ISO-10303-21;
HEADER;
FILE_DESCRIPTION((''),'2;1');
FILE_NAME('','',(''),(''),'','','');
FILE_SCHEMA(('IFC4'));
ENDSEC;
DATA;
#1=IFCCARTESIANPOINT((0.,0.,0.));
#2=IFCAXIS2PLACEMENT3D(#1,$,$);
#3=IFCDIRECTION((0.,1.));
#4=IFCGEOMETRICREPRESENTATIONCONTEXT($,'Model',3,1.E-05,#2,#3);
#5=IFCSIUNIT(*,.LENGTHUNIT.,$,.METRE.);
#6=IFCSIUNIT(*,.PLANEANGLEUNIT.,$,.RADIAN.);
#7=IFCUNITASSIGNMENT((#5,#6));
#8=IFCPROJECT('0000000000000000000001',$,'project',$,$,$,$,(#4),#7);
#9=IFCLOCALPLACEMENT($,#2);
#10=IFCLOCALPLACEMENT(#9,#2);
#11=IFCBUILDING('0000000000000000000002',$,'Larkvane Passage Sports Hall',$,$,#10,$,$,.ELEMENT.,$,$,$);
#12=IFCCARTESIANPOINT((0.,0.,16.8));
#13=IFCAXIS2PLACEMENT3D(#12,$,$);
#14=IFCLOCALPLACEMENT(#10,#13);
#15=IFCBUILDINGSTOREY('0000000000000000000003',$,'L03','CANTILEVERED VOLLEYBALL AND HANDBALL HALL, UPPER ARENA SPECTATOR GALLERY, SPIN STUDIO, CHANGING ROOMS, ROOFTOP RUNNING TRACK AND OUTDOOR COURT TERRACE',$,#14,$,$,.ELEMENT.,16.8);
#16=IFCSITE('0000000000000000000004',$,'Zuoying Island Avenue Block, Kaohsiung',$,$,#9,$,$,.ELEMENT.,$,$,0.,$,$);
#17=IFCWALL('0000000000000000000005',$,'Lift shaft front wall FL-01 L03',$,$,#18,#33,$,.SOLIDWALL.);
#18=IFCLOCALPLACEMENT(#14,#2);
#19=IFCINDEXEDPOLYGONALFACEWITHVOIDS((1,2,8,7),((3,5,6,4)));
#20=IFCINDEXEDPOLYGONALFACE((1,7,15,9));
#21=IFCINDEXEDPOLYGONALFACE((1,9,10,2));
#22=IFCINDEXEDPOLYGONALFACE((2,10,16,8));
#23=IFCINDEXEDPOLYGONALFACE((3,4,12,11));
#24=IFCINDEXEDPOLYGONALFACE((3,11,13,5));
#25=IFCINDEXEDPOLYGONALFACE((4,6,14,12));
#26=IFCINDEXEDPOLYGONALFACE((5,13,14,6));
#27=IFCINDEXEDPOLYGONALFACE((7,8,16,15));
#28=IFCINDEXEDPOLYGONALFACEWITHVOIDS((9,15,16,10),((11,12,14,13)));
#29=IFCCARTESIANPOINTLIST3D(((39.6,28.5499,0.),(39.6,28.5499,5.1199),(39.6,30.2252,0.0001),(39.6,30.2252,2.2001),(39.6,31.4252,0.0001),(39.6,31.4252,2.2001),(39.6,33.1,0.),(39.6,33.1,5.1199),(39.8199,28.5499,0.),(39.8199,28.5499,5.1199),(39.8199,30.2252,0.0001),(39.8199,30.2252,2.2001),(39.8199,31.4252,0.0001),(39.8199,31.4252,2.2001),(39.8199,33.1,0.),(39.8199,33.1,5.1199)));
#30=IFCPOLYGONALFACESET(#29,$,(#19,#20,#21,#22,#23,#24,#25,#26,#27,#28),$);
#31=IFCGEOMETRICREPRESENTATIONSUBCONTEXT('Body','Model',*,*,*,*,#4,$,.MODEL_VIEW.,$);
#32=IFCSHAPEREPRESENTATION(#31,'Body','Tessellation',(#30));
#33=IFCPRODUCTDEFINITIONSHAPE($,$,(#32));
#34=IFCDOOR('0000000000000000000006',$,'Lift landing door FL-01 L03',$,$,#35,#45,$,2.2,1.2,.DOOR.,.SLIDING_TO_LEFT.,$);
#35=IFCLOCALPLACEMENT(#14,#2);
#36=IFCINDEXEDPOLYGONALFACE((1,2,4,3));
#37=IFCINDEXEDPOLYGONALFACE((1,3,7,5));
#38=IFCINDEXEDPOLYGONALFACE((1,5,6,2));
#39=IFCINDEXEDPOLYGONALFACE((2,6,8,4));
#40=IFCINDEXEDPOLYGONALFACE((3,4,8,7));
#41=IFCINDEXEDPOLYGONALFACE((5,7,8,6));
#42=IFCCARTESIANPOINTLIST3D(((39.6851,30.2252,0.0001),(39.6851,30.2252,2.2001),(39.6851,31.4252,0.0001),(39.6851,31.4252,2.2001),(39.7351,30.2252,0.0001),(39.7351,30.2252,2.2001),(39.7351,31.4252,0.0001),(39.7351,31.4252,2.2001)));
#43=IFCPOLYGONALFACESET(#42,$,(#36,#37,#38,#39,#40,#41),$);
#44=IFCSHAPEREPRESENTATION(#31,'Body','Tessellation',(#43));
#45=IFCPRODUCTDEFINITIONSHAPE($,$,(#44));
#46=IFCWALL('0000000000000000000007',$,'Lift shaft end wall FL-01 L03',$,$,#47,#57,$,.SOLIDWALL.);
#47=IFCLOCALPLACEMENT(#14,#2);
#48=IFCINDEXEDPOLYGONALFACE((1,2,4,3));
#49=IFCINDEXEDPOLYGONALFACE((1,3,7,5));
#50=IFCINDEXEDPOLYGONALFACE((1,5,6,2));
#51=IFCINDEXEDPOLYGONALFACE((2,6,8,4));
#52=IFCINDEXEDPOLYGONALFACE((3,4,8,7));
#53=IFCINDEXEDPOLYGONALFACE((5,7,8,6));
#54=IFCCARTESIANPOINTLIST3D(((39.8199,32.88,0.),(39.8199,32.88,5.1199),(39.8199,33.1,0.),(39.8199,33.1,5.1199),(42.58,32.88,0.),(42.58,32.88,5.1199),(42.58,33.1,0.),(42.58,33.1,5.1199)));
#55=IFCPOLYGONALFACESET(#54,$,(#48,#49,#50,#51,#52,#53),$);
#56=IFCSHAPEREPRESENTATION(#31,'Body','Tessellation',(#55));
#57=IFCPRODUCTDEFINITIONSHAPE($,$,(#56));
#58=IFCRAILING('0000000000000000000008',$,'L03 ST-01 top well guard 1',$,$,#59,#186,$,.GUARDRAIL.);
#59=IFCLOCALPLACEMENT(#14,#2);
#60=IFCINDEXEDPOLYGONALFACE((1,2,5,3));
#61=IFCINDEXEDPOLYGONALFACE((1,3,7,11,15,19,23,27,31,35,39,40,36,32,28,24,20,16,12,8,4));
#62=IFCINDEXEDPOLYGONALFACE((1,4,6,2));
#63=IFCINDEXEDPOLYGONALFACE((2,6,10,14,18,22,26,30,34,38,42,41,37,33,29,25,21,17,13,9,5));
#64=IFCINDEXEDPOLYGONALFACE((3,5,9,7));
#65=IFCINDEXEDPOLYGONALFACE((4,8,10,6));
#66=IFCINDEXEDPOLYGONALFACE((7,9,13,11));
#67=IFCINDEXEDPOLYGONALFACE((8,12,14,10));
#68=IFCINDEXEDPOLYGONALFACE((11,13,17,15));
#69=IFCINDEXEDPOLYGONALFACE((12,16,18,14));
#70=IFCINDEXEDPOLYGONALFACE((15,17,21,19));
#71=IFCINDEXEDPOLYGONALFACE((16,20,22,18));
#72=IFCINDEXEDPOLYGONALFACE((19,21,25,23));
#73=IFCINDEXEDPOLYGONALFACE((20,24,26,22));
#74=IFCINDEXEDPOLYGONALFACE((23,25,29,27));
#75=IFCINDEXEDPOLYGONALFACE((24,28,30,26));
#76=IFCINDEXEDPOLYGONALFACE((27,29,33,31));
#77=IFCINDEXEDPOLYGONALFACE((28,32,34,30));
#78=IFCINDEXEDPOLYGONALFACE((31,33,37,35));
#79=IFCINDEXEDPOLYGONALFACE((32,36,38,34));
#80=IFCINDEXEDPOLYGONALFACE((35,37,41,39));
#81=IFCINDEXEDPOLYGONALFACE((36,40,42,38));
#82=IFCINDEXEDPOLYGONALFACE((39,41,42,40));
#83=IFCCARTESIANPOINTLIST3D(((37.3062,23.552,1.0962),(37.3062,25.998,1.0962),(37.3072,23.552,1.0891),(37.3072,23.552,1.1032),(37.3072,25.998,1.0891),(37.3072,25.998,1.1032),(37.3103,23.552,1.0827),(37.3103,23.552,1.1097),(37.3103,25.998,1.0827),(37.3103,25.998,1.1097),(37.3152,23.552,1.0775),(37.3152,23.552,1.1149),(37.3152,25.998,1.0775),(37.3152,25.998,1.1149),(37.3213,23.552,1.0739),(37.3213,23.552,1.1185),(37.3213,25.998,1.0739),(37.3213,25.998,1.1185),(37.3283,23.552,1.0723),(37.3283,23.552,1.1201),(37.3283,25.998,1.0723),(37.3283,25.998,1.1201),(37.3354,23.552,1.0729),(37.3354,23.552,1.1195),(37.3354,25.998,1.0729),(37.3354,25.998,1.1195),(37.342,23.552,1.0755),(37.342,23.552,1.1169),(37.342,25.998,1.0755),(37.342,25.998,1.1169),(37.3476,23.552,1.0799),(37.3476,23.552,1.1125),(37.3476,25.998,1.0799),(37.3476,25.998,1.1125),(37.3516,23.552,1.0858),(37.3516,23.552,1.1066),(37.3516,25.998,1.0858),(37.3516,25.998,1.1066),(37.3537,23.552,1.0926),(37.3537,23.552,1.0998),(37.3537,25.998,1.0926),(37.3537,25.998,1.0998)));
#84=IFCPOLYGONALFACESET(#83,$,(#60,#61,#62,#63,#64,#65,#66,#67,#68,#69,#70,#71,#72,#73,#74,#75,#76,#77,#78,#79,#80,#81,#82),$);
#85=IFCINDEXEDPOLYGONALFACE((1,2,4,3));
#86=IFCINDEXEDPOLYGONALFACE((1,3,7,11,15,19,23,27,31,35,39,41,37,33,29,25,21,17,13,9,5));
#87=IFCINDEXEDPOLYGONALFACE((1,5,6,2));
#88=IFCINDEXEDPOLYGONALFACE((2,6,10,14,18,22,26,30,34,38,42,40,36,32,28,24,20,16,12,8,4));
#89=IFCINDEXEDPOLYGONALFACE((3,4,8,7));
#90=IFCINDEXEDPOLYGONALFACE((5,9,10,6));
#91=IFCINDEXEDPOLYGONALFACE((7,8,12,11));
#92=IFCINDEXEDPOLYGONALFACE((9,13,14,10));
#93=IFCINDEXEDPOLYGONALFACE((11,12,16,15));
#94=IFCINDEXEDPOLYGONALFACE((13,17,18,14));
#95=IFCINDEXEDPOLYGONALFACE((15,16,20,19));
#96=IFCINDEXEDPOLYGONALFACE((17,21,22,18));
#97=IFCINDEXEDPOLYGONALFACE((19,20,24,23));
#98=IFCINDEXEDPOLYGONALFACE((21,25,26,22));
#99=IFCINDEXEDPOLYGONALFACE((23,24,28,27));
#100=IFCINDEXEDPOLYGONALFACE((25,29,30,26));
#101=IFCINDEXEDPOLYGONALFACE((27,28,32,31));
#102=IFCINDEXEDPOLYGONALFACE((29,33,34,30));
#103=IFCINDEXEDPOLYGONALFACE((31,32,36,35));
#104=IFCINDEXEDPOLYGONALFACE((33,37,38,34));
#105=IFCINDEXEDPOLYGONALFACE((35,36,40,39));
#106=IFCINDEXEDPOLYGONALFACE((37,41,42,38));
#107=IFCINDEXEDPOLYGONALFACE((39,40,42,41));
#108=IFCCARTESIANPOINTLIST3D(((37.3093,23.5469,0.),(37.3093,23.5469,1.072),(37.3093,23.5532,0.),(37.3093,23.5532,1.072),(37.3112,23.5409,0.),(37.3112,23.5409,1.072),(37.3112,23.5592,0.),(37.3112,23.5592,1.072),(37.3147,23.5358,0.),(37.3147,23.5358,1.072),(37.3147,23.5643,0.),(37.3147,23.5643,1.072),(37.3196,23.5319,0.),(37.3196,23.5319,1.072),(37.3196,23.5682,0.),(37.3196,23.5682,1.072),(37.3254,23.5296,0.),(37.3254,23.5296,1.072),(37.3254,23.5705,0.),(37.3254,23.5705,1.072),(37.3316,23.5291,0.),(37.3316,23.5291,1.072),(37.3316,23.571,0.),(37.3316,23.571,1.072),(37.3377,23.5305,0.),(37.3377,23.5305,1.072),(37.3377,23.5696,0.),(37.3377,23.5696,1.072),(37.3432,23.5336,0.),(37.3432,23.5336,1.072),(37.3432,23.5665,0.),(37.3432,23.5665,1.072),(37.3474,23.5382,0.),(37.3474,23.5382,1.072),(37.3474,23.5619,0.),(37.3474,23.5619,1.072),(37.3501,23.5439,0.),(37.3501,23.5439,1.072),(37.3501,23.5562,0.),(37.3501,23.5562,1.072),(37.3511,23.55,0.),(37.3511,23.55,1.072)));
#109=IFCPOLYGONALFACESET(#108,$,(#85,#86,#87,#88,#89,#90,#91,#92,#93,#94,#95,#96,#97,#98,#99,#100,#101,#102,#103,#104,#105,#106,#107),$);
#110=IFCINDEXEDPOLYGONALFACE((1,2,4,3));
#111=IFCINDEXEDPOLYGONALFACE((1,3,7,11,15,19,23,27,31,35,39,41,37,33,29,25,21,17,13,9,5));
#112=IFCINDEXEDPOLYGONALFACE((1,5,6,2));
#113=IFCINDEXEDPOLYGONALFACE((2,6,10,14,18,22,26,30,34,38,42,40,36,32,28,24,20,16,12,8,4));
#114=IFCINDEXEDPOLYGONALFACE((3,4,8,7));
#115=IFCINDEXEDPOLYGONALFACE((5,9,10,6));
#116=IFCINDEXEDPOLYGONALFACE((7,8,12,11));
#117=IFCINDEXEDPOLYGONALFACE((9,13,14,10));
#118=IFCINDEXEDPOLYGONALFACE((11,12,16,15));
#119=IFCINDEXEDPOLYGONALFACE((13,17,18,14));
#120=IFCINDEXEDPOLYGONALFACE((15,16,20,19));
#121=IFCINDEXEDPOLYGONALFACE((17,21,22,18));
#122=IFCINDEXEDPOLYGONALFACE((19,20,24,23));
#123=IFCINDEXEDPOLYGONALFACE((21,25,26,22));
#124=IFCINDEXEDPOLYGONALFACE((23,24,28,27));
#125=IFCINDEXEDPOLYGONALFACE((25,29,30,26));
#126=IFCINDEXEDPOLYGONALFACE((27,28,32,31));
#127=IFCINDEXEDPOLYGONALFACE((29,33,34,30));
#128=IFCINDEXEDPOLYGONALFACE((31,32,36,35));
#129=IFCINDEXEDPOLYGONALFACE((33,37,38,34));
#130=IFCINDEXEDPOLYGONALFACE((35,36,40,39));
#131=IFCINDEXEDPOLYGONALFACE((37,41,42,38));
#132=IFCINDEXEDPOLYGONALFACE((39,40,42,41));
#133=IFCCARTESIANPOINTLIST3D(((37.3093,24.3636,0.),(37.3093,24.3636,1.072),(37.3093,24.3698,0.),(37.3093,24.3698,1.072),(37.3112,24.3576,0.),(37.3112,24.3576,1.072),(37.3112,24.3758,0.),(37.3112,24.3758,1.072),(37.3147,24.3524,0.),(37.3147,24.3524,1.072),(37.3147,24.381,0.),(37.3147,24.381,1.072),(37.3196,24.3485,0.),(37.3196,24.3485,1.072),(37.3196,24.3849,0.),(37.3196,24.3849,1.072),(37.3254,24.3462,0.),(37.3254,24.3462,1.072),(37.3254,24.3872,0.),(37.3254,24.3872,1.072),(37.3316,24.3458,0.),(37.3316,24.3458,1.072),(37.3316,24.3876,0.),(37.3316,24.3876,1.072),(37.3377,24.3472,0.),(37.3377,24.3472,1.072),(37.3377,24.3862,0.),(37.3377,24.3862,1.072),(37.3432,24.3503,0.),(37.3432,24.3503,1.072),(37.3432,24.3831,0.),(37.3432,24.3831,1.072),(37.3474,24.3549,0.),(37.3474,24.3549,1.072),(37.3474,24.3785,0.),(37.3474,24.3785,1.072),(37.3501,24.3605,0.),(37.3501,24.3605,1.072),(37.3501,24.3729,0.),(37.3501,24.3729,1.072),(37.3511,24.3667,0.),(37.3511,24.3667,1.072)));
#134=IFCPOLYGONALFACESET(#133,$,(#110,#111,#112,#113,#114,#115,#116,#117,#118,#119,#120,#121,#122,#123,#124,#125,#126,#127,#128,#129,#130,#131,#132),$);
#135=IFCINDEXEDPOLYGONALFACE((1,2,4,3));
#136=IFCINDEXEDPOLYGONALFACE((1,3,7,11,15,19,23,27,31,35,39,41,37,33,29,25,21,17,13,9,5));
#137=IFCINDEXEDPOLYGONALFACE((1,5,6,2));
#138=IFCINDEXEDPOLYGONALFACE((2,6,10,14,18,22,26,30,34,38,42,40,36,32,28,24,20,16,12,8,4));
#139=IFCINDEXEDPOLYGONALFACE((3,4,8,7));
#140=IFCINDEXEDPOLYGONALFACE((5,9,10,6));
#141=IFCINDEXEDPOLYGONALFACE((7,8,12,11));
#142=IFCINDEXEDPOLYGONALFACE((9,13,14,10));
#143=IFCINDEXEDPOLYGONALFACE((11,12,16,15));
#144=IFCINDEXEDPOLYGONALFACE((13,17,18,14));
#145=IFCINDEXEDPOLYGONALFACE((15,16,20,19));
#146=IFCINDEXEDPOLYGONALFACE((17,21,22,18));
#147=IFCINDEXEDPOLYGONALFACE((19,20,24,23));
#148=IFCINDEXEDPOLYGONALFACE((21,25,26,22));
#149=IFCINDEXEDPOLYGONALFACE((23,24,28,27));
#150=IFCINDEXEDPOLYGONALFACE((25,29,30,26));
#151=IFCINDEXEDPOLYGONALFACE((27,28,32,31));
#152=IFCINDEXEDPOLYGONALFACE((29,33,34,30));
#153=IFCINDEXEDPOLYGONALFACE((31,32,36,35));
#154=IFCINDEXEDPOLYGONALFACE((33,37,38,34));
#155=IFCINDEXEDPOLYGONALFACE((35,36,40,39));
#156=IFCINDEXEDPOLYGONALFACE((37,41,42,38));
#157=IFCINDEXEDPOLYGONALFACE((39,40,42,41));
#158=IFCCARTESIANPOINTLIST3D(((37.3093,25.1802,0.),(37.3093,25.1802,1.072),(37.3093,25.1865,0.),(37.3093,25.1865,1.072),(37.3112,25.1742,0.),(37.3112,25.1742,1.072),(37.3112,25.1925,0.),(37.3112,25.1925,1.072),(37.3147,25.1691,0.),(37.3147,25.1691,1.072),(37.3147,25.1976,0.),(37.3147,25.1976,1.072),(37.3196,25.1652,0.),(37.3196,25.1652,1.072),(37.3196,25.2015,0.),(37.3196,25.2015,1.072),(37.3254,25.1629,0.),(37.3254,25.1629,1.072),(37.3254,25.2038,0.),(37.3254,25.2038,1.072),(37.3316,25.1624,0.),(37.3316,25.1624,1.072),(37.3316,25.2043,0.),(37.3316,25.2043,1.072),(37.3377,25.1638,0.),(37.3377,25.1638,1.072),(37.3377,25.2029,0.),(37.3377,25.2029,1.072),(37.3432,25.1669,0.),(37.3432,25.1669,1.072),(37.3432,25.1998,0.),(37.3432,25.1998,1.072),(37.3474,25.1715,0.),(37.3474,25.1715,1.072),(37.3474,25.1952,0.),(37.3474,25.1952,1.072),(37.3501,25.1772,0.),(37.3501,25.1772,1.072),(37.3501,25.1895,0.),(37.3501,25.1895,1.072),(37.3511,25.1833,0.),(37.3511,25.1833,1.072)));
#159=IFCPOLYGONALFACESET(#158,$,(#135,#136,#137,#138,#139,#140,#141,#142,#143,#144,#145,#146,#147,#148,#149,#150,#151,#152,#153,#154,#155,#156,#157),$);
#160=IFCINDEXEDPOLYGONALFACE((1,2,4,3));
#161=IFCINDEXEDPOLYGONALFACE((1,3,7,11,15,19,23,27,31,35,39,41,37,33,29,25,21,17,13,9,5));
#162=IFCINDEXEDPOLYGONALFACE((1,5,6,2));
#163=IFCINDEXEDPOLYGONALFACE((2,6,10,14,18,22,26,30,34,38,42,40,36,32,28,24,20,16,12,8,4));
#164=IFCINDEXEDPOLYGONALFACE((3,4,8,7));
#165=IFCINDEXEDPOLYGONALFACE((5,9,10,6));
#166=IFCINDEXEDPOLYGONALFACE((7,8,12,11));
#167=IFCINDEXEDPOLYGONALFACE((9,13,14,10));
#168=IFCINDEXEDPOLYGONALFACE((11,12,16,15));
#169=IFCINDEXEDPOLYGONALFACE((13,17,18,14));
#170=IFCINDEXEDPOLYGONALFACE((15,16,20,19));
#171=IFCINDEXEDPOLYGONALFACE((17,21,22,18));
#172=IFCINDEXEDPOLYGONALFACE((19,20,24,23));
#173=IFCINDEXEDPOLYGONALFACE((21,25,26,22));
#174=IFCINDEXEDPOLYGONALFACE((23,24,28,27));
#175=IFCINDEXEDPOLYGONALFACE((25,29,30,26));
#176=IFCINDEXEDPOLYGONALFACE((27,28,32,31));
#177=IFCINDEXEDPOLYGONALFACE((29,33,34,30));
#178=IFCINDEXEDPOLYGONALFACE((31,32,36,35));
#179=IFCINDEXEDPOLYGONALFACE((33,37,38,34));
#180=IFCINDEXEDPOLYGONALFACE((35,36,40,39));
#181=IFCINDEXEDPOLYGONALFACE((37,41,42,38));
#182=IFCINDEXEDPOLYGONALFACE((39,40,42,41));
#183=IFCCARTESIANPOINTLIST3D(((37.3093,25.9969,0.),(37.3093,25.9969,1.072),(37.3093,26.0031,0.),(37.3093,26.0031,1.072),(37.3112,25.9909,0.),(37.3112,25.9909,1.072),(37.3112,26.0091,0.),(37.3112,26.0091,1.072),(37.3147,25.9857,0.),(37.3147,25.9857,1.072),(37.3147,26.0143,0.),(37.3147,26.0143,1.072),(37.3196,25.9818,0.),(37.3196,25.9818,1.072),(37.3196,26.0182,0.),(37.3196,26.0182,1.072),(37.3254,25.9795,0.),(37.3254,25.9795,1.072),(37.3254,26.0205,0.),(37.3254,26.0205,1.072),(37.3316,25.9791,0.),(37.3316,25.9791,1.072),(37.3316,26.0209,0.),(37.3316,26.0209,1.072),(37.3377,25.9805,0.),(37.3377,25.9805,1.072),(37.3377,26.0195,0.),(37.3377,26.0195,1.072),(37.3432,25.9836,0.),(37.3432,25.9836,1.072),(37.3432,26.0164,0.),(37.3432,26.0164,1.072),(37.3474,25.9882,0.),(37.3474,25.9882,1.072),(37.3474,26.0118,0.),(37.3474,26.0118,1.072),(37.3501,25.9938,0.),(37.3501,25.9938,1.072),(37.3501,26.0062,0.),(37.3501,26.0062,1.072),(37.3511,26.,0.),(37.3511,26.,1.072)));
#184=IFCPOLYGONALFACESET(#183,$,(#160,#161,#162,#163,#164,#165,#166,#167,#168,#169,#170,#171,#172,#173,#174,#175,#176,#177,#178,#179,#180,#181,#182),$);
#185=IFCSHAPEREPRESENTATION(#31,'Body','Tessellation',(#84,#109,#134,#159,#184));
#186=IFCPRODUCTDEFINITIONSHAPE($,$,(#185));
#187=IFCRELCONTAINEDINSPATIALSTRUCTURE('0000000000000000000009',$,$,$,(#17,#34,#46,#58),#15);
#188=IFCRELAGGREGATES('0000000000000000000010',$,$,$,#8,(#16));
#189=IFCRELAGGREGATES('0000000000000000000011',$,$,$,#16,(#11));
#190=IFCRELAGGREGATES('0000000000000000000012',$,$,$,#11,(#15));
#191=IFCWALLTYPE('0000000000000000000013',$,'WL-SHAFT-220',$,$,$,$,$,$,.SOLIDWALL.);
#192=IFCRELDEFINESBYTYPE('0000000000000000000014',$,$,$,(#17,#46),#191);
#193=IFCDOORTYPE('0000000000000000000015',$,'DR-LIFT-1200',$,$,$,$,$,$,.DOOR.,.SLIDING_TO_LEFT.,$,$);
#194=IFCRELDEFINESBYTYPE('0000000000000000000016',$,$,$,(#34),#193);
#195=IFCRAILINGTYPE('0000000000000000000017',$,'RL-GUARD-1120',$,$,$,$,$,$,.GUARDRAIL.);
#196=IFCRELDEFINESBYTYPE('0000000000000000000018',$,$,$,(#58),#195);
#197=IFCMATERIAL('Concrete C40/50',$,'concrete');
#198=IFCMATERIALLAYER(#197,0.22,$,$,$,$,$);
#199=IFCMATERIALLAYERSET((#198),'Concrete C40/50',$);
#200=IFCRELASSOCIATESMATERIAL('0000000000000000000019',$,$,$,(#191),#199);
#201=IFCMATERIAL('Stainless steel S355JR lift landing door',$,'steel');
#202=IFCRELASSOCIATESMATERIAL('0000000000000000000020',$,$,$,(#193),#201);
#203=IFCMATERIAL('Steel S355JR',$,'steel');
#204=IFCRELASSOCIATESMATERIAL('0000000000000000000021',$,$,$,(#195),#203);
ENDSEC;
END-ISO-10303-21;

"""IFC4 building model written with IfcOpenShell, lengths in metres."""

from ifc_helpers import new_model, si_unit, direction, frame, frame_2d, origin, origin_2d, place, context, subcontext, project, spatial, rectangle, circle, extrude, material, layer, layer_set, type_object, element, fill, save


model = new_model("IFC4")

# Units and contexts
model_context = context("Model", 3, precision=1e-05, world=origin(), true_north=direction((0.0, 1.0)))
body_context = subcontext(model_context, "Body", "Model", "MODEL_VIEW")
ifc_project = project(units=[si_unit("LENGTHUNIT", "METRE"), si_unit("PLANEANGLEUNIT", "RADIAN")], contexts=[model_context])

# Site, building, storey
site_placement = place(None, origin())
site = spatial("IfcSite", under=ifc_project, at=site_placement, Name="Zuoying Island Avenue Block, Kaohsiung", CompositionType="ELEMENT", RefElevation=0.0)
building_placement = place(site_placement, origin())
building = spatial("IfcBuilding", under=site, at=building_placement, Name="Larkvane Passage Sports Hall", CompositionType="ELEMENT")
storey_placement = place(building_placement, frame((0.0, 0.0, 16.8)))
storey = spatial("IfcBuildingStorey", under=building, at=storey_placement, Name="L03", Description="CANTILEVERED VOLLEYBALL AND HANDBALL HALL, UPPER ARENA SPECTATOR GALLERY, SPIN STUDIO, CHANGING ROOMS, ROOFTOP RUNNING TRACK AND OUTDOOR COURT TERRACE", CompositionType="ELEMENT", Elevation=16.8)

# Wall, opening, door
ifc_material_1 = material(Name="Concrete C40/50", Category="concrete")
ifc_layer_1 = layer(ifc_material_1, 0.22)
ifc_layer_set_1 = layer_set([ifc_layer_1], Name="Concrete C40/50")
wall_type = type_object("IfcWallType", Name="WL-SHAFT-220", PredefinedType="SOLIDWALL", material=ifc_layer_set_1)
wall_1_placement = place(storey_placement, frame((39.71, 28.55, 0.0), z_axis=(0.0, 0.0, 1.0), x_axis=(0.0, 1.0, 0.0)))
wall_1 = element("IfcWall", 1, at=wall_1_placement, inside=storey, type_object=wall_type, Name="Lift shaft front wall FL-01 L03", PredefinedType="SOLIDWALL", context=body_context, shape_type="SweptSolid", body=[
    extrude(rectangle(XDim=4.55, YDim=0.22, at=frame_2d((2.2749, 0.0))), origin(), (0.0, 0.0, 1.0), 5.1199),
])
opening_placement = place(wall_1_placement, frame((1.675, 0.0, 0.0)))
opening = element("IfcOpeningElement", 2, at=opening_placement, cuts=wall_1, PredefinedType="OPENING", context=body_context, shape_type="SweptSolid", body=[
    extrude(rectangle(XDim=1.2, YDim=2.2, at=frame_2d((0.6001, 1.1001))), frame((0.0, 0.1199, 0.0), z_axis=(0.0, -1.0, 0.0), x_axis=(1.0, 0.0, 0.0)), (0.0, 0.0, 1.0), 0.24),
])
ifc_material_2 = material(Name="Stainless steel S355JR lift landing door", Category="steel")
door_type = type_object("IfcDoorType", Name="DR-LIFT-1200", OperationType="SLIDING_TO_LEFT", PredefinedType="DOOR", material=ifc_material_2)
door_placement = place(opening_placement, origin())
door = element("IfcDoor", 3, at=door_placement, inside=storey, type_object=door_type, Name="Lift landing door FL-01 L03", OperationType="SLIDING_TO_LEFT", OverallHeight=2.2, OverallWidth=1.2, PredefinedType="DOOR", context=body_context, shape_type="SweptSolid", body=[
    extrude(rectangle(XDim=1.2, YDim=2.2, at=frame_2d((0.6001, 1.1001))), frame((0.0, 0.0249, 0.0), z_axis=(0.0, -1.0, 0.0), x_axis=(1.0, 0.0, 0.0)), (0.0, 0.0, 1.0), 0.05),
])
fill(opening, door)

# Wall
wall_2_placement = place(storey_placement, frame((39.8201, 32.99, 0.0), z_axis=(0.0, 0.0, 1.0), x_axis=(1.0, 0.0, 0.0)))
element("IfcWall", 4, at=wall_2_placement, inside=storey, type_object=wall_type, Name="Lift shaft end wall FL-01 L03", PredefinedType="SOLIDWALL", context=body_context, shape_type="SweptSolid", body=[
    extrude(rectangle(XDim=2.76, YDim=0.22, at=frame_2d((1.3799, 0.0))), origin(), (0.0, 0.0, 1.0), 5.1199),
])

# Railing
ifc_material_3 = material(Name="Steel S355JR", Category="steel")
railing_type = type_object("IfcRailingType", Name="RL-GUARD-1120", PredefinedType="GUARDRAIL", material=ifc_material_3)
railing_placement = place(storey_placement, frame((37.3301, 23.55, 0.0)))
element("IfcRailing", 5, at=railing_placement, inside=storey, type_object=railing_type, Name="L03 ST-01 top well guard 1", PredefinedType="GUARDRAIL", context=body_context, shape_type="SweptSolid", body=[
    extrude(circle(Radius=0.0239, at=origin_2d()), frame((0.0, 0.002, 1.0962), z_axis=(0.0, 1.0, 0.0), x_axis=(-1.0, 0.0, 0.0)), (0.0, 0.0, 1.0), 2.446),
    extrude(circle(Radius=0.021, at=origin_2d()), origin(), (0.0, 0.0, 1.0), 1.072),
    extrude(circle(Radius=0.021, at=origin_2d()), frame((0.0, 0.8167, 0.0)), (0.0, 0.0, 1.0), 1.072),
    extrude(circle(Radius=0.021, at=origin_2d()), frame((0.0, 1.6333, 0.0)), (0.0, 0.0, 1.0), 1.072),
    extrude(circle(Radius=0.021, at=origin_2d()), frame((0.0, 2.45, 0.0)), (0.0, 0.0, 1.0), 1.072),
])

save(model, "model.ifc")
